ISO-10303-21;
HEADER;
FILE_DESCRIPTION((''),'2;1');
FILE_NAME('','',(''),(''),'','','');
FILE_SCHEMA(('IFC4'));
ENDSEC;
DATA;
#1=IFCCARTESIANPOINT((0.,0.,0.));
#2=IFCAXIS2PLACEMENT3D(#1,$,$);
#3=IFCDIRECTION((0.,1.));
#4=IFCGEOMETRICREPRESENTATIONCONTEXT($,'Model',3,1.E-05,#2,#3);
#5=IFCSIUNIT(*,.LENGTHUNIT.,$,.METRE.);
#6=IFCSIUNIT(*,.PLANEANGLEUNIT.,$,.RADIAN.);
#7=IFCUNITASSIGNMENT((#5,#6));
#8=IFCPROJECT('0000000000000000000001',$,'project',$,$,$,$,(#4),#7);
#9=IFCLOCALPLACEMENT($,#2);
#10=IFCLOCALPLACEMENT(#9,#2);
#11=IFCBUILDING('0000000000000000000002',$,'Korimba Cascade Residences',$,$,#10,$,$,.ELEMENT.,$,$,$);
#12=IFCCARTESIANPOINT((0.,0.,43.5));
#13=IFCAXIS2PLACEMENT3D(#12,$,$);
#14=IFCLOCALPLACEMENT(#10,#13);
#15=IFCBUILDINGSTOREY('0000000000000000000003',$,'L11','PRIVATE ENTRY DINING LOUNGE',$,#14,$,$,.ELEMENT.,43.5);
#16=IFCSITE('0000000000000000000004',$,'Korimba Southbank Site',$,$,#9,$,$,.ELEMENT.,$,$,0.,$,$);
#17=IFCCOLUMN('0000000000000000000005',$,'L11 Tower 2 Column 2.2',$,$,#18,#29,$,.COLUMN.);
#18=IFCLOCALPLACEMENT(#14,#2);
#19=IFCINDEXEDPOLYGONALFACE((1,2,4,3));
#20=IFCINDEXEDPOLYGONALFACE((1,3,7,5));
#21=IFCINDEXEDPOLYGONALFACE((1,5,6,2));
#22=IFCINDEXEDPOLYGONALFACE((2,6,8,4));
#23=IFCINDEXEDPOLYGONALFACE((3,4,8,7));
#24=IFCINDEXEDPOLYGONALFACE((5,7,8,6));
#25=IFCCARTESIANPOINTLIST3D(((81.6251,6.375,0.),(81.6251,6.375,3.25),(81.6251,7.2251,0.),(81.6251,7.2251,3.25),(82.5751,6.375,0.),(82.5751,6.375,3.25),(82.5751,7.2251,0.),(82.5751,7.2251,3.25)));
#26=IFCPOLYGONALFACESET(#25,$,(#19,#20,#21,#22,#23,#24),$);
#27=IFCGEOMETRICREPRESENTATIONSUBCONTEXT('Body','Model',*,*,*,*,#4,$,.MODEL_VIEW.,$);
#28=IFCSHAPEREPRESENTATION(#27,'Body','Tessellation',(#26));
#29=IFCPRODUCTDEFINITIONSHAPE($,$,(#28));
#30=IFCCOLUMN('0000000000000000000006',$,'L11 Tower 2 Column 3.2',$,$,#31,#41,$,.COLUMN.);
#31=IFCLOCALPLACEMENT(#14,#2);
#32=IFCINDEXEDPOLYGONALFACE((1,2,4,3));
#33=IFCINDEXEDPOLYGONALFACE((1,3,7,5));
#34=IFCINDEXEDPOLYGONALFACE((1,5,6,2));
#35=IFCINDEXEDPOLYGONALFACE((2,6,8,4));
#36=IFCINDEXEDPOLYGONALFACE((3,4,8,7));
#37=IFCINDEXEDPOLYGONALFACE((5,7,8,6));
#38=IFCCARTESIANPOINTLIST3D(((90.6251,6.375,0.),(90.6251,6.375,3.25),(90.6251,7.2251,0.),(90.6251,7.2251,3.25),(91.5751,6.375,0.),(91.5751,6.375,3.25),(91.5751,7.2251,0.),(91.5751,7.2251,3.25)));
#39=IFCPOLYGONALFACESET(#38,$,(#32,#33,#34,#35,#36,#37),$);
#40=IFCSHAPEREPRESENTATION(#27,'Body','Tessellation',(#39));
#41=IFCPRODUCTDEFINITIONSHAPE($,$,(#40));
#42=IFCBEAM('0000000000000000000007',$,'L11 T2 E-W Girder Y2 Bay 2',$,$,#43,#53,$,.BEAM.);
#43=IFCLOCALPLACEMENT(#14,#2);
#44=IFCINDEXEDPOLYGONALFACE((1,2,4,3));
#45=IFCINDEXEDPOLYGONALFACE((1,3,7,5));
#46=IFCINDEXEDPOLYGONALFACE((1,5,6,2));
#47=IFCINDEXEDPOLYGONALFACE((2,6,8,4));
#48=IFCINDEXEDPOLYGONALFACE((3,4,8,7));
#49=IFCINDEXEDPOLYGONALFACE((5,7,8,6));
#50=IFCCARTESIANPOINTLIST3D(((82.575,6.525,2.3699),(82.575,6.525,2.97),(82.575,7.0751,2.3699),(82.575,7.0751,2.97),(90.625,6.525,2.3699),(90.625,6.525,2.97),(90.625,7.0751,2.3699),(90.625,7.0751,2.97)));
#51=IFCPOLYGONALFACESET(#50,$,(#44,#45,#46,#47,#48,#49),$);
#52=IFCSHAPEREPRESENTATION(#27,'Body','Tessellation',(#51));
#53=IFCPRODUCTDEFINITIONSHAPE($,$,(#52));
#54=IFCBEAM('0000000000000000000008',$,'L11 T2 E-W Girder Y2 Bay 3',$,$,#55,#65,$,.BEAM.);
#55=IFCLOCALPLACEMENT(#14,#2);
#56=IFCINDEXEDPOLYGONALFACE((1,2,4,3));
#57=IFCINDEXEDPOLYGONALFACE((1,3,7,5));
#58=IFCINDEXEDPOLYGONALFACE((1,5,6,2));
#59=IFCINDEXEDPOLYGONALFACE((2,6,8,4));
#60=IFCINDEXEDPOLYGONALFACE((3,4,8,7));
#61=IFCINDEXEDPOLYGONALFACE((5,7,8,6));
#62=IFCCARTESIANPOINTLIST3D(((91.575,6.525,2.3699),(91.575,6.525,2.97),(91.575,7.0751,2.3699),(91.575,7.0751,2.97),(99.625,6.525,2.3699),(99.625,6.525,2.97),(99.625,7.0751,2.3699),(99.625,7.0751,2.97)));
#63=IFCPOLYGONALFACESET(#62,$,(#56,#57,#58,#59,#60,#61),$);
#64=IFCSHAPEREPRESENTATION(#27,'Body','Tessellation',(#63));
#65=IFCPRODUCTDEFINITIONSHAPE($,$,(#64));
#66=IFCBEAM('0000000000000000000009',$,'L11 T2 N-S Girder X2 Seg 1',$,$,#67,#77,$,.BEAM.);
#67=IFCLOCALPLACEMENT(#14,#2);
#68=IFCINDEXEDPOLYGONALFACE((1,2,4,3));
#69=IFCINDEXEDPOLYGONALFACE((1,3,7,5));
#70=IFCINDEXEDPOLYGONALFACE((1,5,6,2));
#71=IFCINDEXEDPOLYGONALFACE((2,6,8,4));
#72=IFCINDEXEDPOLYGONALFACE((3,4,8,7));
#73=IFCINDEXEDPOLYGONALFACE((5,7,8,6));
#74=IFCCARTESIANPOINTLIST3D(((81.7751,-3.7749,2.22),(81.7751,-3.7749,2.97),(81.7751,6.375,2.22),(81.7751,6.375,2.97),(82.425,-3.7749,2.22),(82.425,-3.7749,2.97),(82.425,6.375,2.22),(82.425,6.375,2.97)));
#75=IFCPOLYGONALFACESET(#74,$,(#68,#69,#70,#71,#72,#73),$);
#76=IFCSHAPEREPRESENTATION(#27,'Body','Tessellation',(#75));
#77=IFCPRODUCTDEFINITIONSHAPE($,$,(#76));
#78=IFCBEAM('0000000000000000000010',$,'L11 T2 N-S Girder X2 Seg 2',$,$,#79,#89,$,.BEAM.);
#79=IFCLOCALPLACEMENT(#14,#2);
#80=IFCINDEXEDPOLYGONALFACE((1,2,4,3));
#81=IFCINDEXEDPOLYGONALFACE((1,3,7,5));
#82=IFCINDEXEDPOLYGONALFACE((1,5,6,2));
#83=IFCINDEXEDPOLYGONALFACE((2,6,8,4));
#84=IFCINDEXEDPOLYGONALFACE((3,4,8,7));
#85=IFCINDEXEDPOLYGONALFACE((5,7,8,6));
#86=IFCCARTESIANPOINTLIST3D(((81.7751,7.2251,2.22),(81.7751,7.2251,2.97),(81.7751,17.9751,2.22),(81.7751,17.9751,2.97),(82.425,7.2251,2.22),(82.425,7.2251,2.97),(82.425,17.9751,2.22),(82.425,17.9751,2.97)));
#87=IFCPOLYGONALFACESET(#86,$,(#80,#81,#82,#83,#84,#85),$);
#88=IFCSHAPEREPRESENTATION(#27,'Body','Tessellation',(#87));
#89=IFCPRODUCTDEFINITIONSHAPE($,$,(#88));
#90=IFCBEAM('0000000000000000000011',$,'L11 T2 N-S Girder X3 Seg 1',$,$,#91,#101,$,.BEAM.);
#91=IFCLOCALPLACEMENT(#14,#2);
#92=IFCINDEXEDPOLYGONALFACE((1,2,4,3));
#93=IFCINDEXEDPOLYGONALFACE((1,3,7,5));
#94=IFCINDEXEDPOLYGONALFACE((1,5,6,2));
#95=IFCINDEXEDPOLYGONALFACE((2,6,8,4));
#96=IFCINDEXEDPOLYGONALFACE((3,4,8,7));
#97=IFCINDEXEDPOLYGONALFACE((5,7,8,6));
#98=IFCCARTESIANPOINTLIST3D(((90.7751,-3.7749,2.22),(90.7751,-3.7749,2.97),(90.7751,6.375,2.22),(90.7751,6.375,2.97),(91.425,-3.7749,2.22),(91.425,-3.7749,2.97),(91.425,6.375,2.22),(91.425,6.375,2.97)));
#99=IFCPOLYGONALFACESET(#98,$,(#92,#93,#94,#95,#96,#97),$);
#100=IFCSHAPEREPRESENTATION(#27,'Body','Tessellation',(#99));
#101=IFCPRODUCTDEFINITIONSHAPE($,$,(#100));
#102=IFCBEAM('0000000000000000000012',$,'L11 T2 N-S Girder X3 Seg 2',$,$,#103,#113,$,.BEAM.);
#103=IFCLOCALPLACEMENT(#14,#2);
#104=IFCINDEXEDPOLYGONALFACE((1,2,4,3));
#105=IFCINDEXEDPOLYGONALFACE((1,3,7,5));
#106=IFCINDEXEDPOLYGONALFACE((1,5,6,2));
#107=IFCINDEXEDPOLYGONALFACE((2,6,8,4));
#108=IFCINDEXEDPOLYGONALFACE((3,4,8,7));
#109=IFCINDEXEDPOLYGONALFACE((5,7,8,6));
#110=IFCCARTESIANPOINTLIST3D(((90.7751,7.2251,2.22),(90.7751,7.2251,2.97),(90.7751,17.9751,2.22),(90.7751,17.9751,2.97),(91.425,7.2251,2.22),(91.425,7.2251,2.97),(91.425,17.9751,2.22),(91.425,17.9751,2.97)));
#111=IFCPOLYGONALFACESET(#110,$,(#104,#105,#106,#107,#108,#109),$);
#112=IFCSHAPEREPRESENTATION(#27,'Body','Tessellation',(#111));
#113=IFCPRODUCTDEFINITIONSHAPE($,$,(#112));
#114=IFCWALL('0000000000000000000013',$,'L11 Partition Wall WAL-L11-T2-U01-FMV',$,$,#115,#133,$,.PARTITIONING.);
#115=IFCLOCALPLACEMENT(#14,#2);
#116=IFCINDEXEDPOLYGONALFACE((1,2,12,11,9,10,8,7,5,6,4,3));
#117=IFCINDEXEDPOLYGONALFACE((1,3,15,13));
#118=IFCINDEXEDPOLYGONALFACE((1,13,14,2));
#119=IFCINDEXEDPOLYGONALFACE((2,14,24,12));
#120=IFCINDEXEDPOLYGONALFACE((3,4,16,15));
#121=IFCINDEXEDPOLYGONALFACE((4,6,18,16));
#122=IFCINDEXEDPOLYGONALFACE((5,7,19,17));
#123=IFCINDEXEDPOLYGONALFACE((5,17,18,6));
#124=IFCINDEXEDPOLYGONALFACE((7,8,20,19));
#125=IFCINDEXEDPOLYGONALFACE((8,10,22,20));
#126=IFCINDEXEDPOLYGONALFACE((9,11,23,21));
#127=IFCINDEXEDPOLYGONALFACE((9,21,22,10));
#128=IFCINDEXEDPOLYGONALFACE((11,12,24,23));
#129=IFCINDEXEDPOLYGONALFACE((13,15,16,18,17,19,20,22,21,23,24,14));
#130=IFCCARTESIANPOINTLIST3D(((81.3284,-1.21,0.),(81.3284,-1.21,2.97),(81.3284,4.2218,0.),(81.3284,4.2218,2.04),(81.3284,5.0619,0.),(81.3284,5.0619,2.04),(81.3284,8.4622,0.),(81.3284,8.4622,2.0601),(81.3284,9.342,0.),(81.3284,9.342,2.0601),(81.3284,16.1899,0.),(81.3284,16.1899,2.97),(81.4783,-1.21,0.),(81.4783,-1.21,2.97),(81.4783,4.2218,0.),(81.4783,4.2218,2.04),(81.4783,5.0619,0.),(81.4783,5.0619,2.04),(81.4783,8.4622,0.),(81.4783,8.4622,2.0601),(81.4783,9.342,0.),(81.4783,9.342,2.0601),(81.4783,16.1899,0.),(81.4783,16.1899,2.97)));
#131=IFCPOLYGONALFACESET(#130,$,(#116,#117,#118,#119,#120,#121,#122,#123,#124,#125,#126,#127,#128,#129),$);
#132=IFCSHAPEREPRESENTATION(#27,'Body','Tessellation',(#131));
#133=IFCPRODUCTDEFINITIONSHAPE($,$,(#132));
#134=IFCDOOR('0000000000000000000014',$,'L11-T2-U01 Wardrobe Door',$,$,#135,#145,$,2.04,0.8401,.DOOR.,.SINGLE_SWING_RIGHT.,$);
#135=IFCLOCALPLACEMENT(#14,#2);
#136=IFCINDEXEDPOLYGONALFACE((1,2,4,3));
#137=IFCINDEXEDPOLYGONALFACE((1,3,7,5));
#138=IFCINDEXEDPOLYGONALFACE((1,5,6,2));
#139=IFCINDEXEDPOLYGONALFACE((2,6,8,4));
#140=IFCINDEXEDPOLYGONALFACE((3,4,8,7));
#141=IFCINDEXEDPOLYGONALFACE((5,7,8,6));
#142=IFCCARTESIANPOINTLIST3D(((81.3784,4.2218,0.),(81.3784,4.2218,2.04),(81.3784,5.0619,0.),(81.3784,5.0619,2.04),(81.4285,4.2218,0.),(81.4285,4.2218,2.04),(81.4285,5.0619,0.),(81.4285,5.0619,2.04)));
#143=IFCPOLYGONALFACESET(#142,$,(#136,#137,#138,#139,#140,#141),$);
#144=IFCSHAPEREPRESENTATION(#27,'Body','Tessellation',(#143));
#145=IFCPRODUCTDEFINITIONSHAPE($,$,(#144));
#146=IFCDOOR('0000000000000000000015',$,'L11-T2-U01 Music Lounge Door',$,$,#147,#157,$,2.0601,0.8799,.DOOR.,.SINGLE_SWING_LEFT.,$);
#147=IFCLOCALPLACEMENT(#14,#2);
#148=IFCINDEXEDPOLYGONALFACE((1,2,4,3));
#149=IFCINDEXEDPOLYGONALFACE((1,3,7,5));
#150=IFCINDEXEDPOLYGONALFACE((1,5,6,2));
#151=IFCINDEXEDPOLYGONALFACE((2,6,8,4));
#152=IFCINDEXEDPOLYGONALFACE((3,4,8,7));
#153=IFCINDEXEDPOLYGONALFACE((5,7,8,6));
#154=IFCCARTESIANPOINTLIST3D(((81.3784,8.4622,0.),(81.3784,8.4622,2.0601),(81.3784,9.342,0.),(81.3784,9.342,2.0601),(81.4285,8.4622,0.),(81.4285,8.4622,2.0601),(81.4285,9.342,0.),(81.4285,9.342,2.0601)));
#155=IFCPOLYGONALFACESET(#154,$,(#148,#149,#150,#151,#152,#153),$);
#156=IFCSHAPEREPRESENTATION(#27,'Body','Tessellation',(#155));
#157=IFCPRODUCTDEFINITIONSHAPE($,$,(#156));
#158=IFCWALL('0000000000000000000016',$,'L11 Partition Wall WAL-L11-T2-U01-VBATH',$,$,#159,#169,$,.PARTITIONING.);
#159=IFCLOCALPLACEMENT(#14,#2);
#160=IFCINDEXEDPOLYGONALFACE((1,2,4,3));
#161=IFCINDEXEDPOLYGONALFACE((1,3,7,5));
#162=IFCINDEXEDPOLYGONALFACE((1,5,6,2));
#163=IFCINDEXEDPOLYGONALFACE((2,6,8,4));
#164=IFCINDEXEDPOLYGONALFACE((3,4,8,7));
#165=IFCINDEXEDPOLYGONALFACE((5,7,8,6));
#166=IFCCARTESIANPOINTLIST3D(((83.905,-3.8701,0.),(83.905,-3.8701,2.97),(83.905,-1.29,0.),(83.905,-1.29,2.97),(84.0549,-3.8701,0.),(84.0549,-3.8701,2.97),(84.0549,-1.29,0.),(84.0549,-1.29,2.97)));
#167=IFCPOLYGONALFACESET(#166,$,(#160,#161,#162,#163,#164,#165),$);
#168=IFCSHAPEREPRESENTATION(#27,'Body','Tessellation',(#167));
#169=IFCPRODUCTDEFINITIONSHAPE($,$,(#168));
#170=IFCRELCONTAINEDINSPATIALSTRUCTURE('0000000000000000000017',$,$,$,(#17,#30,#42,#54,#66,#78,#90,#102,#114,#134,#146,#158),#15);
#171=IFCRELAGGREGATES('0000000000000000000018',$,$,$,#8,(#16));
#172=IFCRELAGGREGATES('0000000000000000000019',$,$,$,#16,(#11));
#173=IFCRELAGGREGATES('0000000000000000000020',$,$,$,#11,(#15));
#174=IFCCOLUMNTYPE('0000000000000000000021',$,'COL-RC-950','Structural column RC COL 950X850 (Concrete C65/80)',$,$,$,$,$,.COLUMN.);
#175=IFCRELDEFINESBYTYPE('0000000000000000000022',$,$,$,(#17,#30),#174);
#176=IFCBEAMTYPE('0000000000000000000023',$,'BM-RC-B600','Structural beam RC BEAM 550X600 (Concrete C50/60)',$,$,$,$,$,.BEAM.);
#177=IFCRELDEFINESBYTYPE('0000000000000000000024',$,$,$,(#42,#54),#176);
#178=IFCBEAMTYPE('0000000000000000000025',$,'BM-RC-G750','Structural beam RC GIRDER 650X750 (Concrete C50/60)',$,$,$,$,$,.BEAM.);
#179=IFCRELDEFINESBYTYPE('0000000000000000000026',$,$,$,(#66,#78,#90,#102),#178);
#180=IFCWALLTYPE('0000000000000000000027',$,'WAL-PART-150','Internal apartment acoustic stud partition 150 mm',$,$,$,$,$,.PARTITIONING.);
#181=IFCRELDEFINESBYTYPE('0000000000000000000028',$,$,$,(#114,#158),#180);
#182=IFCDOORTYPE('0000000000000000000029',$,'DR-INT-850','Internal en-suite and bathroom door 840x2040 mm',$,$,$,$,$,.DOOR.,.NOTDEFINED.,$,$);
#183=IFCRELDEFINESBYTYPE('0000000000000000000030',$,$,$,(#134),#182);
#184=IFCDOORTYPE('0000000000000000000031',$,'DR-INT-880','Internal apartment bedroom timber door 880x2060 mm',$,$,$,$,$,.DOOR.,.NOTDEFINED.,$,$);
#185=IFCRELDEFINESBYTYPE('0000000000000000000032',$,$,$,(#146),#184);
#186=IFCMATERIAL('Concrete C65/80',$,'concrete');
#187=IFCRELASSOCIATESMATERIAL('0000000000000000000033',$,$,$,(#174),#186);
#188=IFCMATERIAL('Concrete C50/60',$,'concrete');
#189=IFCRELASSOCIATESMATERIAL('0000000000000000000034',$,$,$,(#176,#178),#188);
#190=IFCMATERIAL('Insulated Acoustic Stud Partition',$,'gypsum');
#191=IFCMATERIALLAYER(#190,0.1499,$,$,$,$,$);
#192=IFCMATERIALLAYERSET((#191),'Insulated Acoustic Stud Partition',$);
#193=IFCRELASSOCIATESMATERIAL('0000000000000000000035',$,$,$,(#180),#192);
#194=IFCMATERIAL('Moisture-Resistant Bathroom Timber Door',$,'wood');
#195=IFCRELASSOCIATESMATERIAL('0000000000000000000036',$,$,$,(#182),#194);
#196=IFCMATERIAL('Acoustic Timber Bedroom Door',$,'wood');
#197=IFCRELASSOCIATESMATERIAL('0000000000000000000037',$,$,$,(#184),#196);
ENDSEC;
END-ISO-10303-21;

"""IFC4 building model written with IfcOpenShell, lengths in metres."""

from ifc_helpers import new_model, si_unit, direction, frame, frame_2d, origin, origin_2d, place, context, subcontext, project, spatial, rectangle, extrude, material, layer, layer_set, material_profile, profile_set, type_object, element, fill, save


model = new_model("IFC4")

# Units and contexts
model_context = context("Model", 3, precision=1e-05, world=origin(), true_north=direction((0.0, 1.0)))
body_context = subcontext(model_context, "Body", "Model", "MODEL_VIEW")
ifc_project = project(units=[si_unit("LENGTHUNIT", "METRE"), si_unit("PLANEANGLEUNIT", "RADIAN")], contexts=[model_context])

# Site, building, storey
site_placement = place(None, origin())
site = spatial("IfcSite", under=ifc_project, at=site_placement, Name="Korimba Southbank Site", CompositionType="ELEMENT", RefElevation=0.0)
building_placement = place(site_placement, origin())
building = spatial("IfcBuilding", under=site, at=building_placement, Name="Korimba Cascade Residences", CompositionType="ELEMENT")
storey_placement = place(building_placement, frame((0.0, 0.0, 43.5)))
storey = spatial("IfcBuildingStorey", under=building, at=storey_placement, Name="L11", Description="PRIVATE ENTRY DINING LOUNGE", CompositionType="ELEMENT", Elevation=43.5)

# Columns
ifc_material_1 = material(Name="Concrete C65/80", Category="concrete")
ifc_material_profile_1 = material_profile(ifc_material_1, rectangle(XDim=0.95, YDim=0.8501, at=origin_2d()), Name="Concrete C65/80")
ifc_profile_set_1 = profile_set([ifc_material_profile_1], Name="Concrete C65/80")
column_type = type_object("IfcColumnType", Name="COL-RC-950", Description="Structural column RC COL 950X850 (Concrete C65/80)", PredefinedType="COLUMN", material=ifc_profile_set_1)
for number, where, z_axis, x_axis, name in (
    (1, (82.1001, 6.8, 0.0), (0.0, 0.0, 1.0), (1.0, 0.0, 0.0), "L11 Tower 2 Column 2.2"),
    (2, (91.1001, 6.8, 0.0), (0.0, 0.0, 1.0), (1.0, 0.0, 0.0), "L11 Tower 2 Column 3.2"),
):
    element("IfcColumn", number, at=place(storey_placement, frame(where, z_axis=z_axis, x_axis=x_axis)), inside=storey, type_object=column_type, Name=name, PredefinedType="COLUMN", context=body_context, shape_type="SweptSolid", body=[
        extrude(rectangle(XDim=0.95, YDim=0.8501, at=origin_2d()), origin(), (0.0, 0.0, 1.0), 3.25),
    ])

# Beams
ifc_material_2 = material(Name="Concrete C50/60", Category="concrete")
ifc_material_profile_2 = material_profile(ifc_material_2, rectangle(XDim=0.55, YDim=0.6001, at=origin_2d()), Name="Concrete C50/60")
ifc_profile_set_2 = profile_set([ifc_material_profile_2], Name="Concrete C50/60")
beam_type_1 = type_object("IfcBeamType", Name="BM-RC-B600", Description="Structural beam RC BEAM 550X600 (Concrete C50/60)", PredefinedType="BEAM", material=ifc_profile_set_2)
for number, where, z_axis, x_axis, name in (
    (3, (82.575, 6.8, 2.6699), (1.0, 0.0, 0.0), (0.0, 1.0, 0.0), "L11 T2 E-W Girder Y2 Bay 2"),
    (4, (91.575, 6.8, 2.6699), (1.0, 0.0, 0.0), (0.0, 1.0, 0.0), "L11 T2 E-W Girder Y2 Bay 3"),
):
    element("IfcBeam", number, at=place(storey_placement, frame(where, z_axis=z_axis, x_axis=x_axis)), inside=storey, type_object=beam_type_1, Name=name, PredefinedType="BEAM", context=body_context, shape_type="SweptSolid", body=[
        extrude(rectangle(XDim=0.55, YDim=0.6001, at=origin_2d()), origin(), (0.0, 0.0, 1.0), 8.05),
    ])
ifc_material_profile_3 = material_profile(ifc_material_2, rectangle(XDim=0.6499, YDim=0.75, at=origin_2d()), Name="Concrete C50/60")
ifc_profile_set_3 = profile_set([ifc_material_profile_3], Name="Concrete C50/60")
beam_type_2 = type_object("IfcBeamType", Name="BM-RC-G750", Description="Structural beam RC GIRDER 650X750 (Concrete C50/60)", PredefinedType="BEAM", material=ifc_profile_set_3)
beam_1_placement = place(storey_placement, frame((82.1001, -3.7749, 2.595), z_axis=(0.0, 1.0, 0.0), x_axis=(-1.0, 0.0, 0.0)))
element("IfcBeam", 5, at=beam_1_placement, inside=storey, type_object=beam_type_2, Name="L11 T2 N-S Girder X2 Seg 1", PredefinedType="BEAM", context=body_context, shape_type="SweptSolid", body=[
    extrude(rectangle(XDim=0.6499, YDim=0.75, at=origin_2d()), origin(), (0.0, 0.0, 1.0), 10.1499),
])
beam_2_placement = place(storey_placement, frame((82.1001, 7.2251, 2.595), z_axis=(0.0, 1.0, 0.0), x_axis=(-1.0, 0.0, 0.0)))
element("IfcBeam", 6, at=beam_2_placement, inside=storey, type_object=beam_type_2, Name="L11 T2 N-S Girder X2 Seg 2", PredefinedType="BEAM", context=body_context, shape_type="SweptSolid", body=[
    extrude(rectangle(XDim=0.6499, YDim=0.75, at=origin_2d()), origin(), (0.0, 0.0, 1.0), 10.75),
])
beam_3_placement = place(storey_placement, frame((91.1001, -3.7749, 2.595), z_axis=(0.0, 1.0, 0.0), x_axis=(-1.0, 0.0, 0.0)))
element("IfcBeam", 7, at=beam_3_placement, inside=storey, type_object=beam_type_2, Name="L11 T2 N-S Girder X3 Seg 1", PredefinedType="BEAM", context=body_context, shape_type="SweptSolid", body=[
    extrude(rectangle(XDim=0.6499, YDim=0.75, at=origin_2d()), origin(), (0.0, 0.0, 1.0), 10.1499),
])
beam_4_placement = place(storey_placement, frame((91.1001, 7.2251, 2.595), z_axis=(0.0, 1.0, 0.0), x_axis=(-1.0, 0.0, 0.0)))
element("IfcBeam", 8, at=beam_4_placement, inside=storey, type_object=beam_type_2, Name="L11 T2 N-S Girder X3 Seg 2", PredefinedType="BEAM", context=body_context, shape_type="SweptSolid", body=[
    extrude(rectangle(XDim=0.6499, YDim=0.75, at=origin_2d()), origin(), (0.0, 0.0, 1.0), 10.75),
])

# Wall, openings, doors
ifc_material_3 = material(Name="Insulated Acoustic Stud Partition", Category="gypsum")
ifc_layer = layer(ifc_material_3, 0.1499)
ifc_layer_set = layer_set([ifc_layer], Name="Insulated Acoustic Stud Partition")
wall_type = type_object("IfcWallType", Name="WAL-PART-150", Description="Internal apartment acoustic stud partition 150 mm", PredefinedType="PARTITIONING", material=ifc_layer_set)
wall_1_placement = place(storey_placement, frame((81.4033, -1.21, 0.0), z_axis=(0.0, 0.0, 1.0), x_axis=(0.0, 1.0, 0.0)))
wall_1 = element("IfcWall", 9, at=wall_1_placement, inside=storey, type_object=wall_type, Name="L11 Partition Wall WAL-L11-T2-U01-FMV", PredefinedType="PARTITIONING", context=body_context, shape_type="SweptSolid", body=[
    extrude(rectangle(XDim=17.3999, YDim=0.1499, at=frame_2d((8.7, 0.0))), origin(), (0.0, 0.0, 1.0), 2.97),
])
opening_1_placement = place(wall_1_placement, frame((5.4319, 0.0, 0.0)))
opening_1 = element("IfcOpeningElement", 10, at=opening_1_placement, cuts=wall_1, PredefinedType="OPENING", context=body_context, shape_type="SweptSolid", body=[
    extrude(rectangle(XDim=0.8401, YDim=2.04, at=frame_2d((0.4199, 1.02))), frame((0.0, 0.085, 0.0), z_axis=(0.0, -1.0, 0.0), x_axis=(1.0, 0.0, 0.0)), (0.0, 0.0, 1.0), 0.1699),
])
opening_2_placement = place(wall_1_placement, frame((9.6721, 0.0, 0.0)))
opening_2 = element("IfcOpeningElement", 11, at=opening_2_placement, cuts=wall_1, PredefinedType="OPENING", context=body_context, shape_type="SweptSolid", body=[
    extrude(rectangle(XDim=0.8799, YDim=2.0601, at=frame_2d((0.4399, 1.03))), frame((0.0, 0.085, 0.0), z_axis=(0.0, -1.0, 0.0), x_axis=(1.0, 0.0, 0.0)), (0.0, 0.0, 1.0), 0.1699),
])
ifc_material_4 = material(Name="Moisture-Resistant Bathroom Timber Door", Category="wood")
door_type_1 = type_object("IfcDoorType", Name="DR-INT-850", Description="Internal en-suite and bathroom door 840x2040 mm", OperationType="NOTDEFINED", PredefinedType="DOOR", material=ifc_material_4)
door_1_placement = place(opening_1_placement, origin())
door_1 = element("IfcDoor", 12, at=door_1_placement, inside=storey, type_object=door_type_1, Name="L11-T2-U01 Wardrobe Door", OperationType="SINGLE_SWING_RIGHT", OverallHeight=2.04, OverallWidth=0.8401, PredefinedType="DOOR", context=body_context, shape_type="SweptSolid", body=[
    extrude(rectangle(XDim=0.8401, YDim=2.04, at=frame_2d((0.4199, 1.02))), frame((0.0, 0.0249, 0.0), z_axis=(0.0, -1.0, 0.0), x_axis=(1.0, 0.0, 0.0)), (0.0, 0.0, 1.0), 0.05),
])
fill(opening_1, door_1)
ifc_material_5 = material(Name="Acoustic Timber Bedroom Door", Category="wood")
door_type_2 = type_object("IfcDoorType", Name="DR-INT-880", Description="Internal apartment bedroom timber door 880x2060 mm", OperationType="NOTDEFINED", PredefinedType="DOOR", material=ifc_material_5)
door_2_placement = place(opening_2_placement, origin())
door_2 = element("IfcDoor", 13, at=door_2_placement, inside=storey, type_object=door_type_2, Name="L11-T2-U01 Music Lounge Door", OperationType="SINGLE_SWING_LEFT", OverallHeight=2.0601, OverallWidth=0.8799, PredefinedType="DOOR", context=body_context, shape_type="SweptSolid", body=[
    extrude(rectangle(XDim=0.8799, YDim=2.0601, at=frame_2d((0.4399, 1.03))), frame((0.0, 0.0249, 0.0), z_axis=(0.0, -1.0, 0.0), x_axis=(1.0, 0.0, 0.0)), (0.0, 0.0, 1.0), 0.05),
])
fill(opening_2, door_2)

# Wall
wall_2_placement = place(storey_placement, frame((83.98, -3.8701, 0.0), z_axis=(0.0, 0.0, 1.0), x_axis=(0.0, 1.0, 0.0)))
element("IfcWall", 14, at=wall_2_placement, inside=storey, type_object=wall_type, Name="L11 Partition Wall WAL-L11-T2-U01-VBATH", PredefinedType="PARTITIONING", context=body_context, shape_type="SweptSolid", body=[
    extrude(rectangle(XDim=2.5801, YDim=0.1499, at=frame_2d((1.29, 0.0))), origin(), (0.0, 0.0, 1.0), 2.97),
])

save(model, "model.ifc")
